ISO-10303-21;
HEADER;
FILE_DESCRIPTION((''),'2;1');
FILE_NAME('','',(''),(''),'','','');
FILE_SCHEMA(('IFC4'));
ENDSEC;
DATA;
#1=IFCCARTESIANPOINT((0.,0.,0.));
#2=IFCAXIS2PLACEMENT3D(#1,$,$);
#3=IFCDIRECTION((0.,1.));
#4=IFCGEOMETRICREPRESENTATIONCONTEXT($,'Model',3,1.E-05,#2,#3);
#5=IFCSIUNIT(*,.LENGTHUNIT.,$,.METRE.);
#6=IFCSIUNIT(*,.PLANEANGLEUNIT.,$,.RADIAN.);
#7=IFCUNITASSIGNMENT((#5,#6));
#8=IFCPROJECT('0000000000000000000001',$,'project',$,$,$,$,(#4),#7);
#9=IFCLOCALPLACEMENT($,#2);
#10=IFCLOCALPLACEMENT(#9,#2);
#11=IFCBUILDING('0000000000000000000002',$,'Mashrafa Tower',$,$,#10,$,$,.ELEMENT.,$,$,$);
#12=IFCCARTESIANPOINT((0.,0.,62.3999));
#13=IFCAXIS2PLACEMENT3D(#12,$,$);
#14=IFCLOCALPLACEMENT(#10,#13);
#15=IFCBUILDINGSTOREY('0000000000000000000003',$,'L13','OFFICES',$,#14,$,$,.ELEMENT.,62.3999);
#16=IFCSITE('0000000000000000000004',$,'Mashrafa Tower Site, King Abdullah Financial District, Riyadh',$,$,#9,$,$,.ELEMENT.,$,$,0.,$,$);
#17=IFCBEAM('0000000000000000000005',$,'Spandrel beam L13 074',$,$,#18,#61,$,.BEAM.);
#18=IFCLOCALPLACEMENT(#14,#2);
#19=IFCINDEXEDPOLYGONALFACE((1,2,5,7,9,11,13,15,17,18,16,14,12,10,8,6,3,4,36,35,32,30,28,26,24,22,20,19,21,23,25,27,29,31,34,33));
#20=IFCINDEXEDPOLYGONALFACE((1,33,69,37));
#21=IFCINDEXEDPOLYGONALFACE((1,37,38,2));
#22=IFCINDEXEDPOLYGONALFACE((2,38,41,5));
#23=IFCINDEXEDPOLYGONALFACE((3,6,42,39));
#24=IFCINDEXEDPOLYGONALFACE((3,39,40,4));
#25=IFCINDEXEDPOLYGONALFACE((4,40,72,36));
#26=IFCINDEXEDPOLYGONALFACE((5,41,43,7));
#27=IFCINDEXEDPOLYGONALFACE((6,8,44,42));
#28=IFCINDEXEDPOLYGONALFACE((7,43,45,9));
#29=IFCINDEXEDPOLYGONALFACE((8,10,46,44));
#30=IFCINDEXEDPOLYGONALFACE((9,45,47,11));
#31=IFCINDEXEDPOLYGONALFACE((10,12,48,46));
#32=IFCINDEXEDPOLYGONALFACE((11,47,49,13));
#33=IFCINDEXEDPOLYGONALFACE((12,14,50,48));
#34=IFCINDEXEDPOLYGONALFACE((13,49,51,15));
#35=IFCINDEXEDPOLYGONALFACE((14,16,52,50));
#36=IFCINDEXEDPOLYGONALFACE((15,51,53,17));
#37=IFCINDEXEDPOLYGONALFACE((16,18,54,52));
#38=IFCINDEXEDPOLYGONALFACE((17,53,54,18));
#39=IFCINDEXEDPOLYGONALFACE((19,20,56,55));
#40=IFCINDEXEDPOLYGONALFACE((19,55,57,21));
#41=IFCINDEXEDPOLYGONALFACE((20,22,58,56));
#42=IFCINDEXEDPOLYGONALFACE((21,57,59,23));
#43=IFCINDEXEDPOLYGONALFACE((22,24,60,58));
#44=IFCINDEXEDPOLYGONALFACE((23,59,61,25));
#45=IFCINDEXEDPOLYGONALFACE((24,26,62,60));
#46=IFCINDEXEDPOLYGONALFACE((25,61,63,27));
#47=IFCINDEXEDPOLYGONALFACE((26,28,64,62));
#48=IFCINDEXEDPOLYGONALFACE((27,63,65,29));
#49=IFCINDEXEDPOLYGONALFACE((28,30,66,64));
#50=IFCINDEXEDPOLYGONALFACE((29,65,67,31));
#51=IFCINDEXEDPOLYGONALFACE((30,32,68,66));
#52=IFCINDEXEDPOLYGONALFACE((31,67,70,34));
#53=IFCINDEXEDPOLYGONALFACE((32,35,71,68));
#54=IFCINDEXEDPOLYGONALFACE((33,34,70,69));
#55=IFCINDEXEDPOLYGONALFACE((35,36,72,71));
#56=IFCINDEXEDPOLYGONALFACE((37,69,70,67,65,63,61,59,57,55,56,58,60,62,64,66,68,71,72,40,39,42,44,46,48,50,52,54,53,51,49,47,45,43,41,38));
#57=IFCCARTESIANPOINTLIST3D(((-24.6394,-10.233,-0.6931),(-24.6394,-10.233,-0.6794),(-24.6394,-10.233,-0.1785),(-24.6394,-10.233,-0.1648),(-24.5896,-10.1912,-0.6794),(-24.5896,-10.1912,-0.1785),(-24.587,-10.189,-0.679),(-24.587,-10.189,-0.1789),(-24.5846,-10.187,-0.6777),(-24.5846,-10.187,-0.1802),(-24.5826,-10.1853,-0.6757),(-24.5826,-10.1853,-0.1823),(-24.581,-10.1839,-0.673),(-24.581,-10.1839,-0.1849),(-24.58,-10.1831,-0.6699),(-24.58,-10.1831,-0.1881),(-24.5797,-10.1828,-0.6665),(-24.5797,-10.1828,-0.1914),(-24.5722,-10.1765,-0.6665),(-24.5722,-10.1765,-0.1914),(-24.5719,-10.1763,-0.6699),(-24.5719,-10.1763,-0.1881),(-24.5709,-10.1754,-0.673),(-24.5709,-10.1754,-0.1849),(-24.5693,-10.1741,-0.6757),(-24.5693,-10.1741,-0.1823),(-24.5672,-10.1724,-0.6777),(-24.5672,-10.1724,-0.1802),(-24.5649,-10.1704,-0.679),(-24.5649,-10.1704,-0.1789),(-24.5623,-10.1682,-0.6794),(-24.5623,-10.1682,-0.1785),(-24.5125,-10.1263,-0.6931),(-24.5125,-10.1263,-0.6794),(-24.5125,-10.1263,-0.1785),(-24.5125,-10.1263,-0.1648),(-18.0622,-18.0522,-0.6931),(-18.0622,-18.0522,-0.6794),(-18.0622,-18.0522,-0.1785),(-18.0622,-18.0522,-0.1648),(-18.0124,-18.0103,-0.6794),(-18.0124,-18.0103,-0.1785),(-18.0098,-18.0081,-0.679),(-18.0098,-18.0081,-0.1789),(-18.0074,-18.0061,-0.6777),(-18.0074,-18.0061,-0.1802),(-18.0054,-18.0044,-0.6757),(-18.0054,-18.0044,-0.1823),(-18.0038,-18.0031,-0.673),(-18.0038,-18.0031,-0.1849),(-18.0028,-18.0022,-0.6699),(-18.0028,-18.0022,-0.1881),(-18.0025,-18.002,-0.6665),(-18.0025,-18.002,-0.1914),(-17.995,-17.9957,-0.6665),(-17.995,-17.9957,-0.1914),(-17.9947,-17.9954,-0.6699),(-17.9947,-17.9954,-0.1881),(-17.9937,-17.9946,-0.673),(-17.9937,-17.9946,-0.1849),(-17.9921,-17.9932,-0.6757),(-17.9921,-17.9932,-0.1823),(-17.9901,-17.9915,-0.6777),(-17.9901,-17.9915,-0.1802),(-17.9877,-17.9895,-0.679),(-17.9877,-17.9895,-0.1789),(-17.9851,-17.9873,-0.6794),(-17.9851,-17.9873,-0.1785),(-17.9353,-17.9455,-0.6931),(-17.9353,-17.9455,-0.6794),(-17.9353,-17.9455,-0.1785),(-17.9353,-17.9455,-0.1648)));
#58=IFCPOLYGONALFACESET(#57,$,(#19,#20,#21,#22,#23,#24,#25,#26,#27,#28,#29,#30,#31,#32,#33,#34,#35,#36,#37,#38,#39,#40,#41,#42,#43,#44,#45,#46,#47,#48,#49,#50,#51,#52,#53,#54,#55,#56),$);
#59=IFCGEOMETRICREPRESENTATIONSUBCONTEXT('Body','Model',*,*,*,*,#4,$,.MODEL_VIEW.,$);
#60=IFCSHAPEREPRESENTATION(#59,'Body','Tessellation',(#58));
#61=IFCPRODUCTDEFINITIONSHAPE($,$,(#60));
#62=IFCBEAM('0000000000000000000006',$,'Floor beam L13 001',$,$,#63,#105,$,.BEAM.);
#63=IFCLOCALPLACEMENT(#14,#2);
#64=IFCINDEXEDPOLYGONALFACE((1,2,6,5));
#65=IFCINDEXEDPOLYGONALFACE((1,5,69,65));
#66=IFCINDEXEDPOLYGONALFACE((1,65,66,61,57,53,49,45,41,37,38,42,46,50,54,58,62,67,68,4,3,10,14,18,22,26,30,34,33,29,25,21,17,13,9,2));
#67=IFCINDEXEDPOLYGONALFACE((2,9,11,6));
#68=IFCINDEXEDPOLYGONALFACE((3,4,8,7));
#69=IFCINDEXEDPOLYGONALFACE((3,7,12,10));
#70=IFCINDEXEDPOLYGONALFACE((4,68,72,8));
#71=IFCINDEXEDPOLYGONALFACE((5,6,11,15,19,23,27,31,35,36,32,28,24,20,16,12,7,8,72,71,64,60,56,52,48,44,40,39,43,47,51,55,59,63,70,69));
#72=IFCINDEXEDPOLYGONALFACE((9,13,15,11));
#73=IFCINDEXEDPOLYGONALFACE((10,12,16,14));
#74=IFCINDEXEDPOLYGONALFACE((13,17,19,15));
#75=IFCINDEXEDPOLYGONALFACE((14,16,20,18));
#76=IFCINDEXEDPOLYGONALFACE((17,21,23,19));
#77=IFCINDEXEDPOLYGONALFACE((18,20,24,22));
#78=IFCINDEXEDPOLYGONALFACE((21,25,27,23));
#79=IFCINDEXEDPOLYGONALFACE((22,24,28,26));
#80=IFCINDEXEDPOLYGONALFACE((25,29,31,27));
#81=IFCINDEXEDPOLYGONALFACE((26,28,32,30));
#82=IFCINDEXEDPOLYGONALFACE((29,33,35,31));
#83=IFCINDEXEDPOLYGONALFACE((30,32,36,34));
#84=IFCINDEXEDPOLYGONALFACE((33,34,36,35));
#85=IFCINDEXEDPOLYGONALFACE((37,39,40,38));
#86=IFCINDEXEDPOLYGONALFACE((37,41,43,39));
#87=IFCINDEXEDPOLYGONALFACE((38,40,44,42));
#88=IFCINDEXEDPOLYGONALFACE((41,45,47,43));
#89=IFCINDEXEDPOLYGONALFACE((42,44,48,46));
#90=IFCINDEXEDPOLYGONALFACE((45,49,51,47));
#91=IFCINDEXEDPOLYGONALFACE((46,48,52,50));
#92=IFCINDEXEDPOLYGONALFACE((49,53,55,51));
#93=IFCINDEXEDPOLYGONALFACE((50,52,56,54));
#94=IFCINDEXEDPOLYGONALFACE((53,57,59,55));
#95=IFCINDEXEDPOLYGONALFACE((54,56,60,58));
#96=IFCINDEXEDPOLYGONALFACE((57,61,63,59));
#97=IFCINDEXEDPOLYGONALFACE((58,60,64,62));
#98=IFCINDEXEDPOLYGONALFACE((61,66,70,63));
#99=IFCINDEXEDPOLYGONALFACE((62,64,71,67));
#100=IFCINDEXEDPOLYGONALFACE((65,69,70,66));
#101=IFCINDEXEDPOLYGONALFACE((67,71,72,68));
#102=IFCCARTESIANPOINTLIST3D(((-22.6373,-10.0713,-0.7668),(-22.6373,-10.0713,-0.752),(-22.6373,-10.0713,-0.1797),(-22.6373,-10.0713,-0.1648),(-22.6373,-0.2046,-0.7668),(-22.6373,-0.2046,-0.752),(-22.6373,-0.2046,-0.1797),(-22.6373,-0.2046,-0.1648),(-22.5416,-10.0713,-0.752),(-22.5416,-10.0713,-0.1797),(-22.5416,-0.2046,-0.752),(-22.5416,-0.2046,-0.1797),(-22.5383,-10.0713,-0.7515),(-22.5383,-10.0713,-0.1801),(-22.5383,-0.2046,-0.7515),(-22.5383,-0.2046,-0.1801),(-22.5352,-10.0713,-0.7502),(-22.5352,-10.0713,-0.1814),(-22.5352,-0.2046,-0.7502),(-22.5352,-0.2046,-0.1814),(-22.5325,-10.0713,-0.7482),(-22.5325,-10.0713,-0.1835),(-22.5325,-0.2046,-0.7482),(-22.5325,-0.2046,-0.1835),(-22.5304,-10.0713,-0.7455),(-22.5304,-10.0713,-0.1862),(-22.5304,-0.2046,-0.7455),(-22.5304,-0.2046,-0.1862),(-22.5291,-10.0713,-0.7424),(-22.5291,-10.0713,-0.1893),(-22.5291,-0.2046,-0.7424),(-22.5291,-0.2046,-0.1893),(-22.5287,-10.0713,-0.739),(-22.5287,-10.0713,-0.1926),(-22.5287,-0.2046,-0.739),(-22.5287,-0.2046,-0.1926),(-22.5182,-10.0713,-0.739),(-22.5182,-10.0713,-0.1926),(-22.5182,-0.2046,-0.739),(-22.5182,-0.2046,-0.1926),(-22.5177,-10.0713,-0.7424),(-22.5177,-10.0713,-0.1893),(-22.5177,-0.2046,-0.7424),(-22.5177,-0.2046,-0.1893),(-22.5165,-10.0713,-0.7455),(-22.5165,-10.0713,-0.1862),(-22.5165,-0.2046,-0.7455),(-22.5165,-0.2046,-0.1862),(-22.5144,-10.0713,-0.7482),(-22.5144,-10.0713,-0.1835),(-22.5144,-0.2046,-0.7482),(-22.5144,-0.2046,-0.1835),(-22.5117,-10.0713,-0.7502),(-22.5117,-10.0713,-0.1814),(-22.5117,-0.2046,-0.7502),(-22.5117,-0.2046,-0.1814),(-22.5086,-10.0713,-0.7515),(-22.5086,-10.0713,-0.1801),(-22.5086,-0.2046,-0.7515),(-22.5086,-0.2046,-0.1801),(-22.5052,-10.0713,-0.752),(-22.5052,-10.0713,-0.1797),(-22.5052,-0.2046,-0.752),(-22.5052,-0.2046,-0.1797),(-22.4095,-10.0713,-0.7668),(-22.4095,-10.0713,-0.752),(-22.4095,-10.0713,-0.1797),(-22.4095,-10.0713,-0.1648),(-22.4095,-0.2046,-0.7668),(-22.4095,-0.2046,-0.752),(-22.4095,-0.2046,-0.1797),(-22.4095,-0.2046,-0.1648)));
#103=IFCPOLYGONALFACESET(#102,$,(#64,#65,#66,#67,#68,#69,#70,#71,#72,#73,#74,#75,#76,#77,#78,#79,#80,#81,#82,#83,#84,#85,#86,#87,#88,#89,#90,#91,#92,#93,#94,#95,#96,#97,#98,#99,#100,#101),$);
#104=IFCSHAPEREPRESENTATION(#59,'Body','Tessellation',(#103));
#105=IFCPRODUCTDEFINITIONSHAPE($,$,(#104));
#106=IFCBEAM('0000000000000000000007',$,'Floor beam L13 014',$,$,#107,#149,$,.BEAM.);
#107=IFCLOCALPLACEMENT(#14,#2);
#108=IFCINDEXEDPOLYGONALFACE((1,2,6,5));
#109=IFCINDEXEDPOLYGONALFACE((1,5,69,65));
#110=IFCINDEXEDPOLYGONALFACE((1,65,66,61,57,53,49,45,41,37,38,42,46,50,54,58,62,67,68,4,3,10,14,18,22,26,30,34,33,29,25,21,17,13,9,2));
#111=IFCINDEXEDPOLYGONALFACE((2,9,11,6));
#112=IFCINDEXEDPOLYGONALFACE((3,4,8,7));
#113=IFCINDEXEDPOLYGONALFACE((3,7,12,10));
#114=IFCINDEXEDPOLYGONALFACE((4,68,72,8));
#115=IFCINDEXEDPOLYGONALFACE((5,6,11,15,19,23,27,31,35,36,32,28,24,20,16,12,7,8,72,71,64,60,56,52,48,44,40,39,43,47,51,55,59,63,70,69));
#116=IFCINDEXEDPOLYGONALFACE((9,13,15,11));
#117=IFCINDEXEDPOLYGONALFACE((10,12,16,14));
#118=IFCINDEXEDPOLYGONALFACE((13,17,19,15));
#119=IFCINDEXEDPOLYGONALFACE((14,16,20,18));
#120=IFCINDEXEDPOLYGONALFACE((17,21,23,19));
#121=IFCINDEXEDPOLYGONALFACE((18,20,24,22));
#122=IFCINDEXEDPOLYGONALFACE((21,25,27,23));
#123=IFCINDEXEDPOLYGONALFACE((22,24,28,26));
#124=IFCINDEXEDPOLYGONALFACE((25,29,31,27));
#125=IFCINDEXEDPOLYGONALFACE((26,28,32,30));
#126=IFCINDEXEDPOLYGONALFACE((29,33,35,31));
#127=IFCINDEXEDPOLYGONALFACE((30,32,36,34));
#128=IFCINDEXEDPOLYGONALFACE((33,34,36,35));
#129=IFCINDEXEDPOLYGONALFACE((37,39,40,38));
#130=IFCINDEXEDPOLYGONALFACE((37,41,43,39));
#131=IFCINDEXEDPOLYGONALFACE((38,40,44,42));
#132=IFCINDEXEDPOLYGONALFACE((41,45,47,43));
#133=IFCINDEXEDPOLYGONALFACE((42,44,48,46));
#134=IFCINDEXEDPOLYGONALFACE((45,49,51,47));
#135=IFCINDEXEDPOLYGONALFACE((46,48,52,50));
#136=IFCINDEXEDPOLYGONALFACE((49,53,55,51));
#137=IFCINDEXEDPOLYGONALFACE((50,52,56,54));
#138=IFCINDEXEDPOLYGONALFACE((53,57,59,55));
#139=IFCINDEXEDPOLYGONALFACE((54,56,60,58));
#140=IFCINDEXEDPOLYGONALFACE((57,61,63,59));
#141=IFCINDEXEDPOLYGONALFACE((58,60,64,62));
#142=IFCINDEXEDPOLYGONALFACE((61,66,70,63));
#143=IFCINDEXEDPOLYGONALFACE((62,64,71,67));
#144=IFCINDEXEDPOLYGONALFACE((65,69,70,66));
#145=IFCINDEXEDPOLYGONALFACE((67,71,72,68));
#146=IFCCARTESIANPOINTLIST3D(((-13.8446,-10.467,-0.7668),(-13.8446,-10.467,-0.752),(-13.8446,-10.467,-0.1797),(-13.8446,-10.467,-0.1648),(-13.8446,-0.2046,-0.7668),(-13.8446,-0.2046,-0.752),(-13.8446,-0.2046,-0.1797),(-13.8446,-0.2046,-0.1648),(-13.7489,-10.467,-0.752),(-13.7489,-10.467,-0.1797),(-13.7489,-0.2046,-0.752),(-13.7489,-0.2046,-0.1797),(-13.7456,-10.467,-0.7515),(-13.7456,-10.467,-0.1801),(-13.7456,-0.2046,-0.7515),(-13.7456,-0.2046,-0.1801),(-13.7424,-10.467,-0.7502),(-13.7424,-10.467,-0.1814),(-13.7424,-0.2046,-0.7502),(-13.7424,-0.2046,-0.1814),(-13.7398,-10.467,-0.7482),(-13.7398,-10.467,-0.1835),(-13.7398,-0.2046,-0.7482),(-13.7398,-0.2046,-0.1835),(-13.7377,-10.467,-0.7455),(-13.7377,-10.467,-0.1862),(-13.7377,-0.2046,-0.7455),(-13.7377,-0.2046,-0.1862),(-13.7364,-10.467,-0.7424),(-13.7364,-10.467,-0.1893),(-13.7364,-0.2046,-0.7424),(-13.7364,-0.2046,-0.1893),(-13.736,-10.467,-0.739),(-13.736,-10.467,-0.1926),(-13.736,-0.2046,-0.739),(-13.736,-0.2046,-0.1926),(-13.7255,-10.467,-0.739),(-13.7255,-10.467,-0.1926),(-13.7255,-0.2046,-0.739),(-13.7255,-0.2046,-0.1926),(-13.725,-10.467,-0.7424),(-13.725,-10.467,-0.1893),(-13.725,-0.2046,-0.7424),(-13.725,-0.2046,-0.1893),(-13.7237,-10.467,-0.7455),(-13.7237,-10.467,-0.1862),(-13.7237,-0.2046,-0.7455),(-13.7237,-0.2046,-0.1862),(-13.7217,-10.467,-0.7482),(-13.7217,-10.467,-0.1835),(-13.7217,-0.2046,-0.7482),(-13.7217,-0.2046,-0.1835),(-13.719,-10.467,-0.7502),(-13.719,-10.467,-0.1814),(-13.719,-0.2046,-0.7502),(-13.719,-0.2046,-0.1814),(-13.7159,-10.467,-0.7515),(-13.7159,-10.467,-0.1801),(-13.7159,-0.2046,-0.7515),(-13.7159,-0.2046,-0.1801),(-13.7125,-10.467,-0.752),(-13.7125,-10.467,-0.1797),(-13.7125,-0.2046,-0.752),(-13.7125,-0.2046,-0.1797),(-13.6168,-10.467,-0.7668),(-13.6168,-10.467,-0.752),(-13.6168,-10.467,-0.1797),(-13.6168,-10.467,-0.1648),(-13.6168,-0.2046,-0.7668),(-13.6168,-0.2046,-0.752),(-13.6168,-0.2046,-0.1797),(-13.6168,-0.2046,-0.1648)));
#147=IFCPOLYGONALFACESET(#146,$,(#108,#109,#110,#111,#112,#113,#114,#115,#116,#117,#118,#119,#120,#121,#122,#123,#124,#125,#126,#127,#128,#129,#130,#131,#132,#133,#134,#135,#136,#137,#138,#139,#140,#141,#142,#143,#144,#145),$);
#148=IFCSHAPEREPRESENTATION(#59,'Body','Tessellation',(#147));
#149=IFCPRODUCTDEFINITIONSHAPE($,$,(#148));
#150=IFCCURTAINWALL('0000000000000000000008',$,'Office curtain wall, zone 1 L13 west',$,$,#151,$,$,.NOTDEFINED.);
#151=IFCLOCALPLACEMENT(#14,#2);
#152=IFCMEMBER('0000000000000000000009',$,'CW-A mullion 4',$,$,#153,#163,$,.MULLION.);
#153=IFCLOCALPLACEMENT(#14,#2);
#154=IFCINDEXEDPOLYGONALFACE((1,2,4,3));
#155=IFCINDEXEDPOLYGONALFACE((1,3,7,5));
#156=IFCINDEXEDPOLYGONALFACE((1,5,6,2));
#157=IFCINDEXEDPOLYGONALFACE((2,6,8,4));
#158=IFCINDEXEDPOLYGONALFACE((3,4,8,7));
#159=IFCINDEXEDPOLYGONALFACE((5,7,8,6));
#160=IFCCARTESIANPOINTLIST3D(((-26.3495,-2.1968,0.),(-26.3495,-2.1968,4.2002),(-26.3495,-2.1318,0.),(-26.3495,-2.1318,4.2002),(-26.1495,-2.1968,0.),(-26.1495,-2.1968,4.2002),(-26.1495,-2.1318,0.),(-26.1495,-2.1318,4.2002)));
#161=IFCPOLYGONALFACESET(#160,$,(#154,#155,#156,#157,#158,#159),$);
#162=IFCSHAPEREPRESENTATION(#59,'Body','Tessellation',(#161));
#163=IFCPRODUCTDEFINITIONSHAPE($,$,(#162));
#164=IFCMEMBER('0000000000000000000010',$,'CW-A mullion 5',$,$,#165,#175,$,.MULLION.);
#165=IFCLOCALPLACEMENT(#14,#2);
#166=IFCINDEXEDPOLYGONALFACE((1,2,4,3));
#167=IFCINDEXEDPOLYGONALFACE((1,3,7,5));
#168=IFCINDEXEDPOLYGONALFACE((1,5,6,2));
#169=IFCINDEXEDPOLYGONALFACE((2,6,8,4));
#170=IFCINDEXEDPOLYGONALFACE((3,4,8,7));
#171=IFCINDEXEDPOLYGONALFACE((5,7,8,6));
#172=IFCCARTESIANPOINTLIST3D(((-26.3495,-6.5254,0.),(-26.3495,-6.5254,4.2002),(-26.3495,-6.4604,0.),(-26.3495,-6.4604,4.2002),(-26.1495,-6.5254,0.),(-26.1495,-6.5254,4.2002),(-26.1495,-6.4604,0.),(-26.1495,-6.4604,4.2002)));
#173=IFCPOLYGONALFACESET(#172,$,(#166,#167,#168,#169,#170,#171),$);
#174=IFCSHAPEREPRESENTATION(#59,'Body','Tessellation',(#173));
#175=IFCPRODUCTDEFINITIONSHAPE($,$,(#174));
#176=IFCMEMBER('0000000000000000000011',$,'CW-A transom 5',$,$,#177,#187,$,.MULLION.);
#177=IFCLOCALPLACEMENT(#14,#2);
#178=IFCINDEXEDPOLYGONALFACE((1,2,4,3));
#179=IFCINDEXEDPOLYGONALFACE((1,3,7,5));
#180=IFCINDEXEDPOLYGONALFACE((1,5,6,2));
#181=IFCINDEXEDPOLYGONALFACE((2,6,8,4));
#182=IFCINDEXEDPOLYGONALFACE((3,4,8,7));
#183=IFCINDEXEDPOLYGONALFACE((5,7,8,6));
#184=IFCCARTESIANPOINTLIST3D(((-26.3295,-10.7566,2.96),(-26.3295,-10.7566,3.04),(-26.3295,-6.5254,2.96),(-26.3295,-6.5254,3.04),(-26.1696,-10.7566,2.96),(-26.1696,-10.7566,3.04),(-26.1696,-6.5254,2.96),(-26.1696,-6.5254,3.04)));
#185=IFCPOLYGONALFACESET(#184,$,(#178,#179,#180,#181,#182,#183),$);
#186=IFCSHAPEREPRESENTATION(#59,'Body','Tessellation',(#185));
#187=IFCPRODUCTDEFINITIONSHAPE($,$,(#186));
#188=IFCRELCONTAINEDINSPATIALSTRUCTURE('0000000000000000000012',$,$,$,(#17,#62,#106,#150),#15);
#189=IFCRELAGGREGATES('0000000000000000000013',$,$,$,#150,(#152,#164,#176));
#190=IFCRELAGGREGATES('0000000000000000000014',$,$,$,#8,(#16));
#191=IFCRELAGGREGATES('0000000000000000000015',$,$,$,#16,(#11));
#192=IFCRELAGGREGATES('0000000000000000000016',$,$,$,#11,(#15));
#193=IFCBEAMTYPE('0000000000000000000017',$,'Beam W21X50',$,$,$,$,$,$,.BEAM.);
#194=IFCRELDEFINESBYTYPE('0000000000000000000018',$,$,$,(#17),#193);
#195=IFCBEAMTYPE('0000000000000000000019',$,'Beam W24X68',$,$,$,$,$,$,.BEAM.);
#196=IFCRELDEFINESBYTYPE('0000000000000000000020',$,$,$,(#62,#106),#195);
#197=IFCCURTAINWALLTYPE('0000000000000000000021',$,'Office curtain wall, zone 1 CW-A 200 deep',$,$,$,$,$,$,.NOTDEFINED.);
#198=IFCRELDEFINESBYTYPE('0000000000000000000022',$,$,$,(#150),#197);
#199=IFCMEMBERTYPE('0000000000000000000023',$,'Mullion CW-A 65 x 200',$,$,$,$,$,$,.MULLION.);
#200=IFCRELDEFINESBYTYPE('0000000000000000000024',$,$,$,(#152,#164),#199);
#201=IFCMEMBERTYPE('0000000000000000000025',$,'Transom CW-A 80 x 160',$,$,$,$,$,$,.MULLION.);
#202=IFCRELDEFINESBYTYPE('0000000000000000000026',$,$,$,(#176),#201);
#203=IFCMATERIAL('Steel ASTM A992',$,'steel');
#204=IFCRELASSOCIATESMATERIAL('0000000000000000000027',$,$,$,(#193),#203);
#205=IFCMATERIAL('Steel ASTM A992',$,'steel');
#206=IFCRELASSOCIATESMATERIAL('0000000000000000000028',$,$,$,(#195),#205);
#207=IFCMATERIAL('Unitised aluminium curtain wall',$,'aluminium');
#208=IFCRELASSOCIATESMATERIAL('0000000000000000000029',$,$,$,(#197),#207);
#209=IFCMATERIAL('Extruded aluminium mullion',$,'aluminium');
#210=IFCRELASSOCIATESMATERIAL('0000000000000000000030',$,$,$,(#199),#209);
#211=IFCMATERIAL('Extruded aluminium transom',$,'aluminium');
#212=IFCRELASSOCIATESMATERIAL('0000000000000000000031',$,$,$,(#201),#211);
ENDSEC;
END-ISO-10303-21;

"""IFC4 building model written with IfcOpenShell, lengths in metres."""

from ifc_helpers import new_model, si_unit, direction, frame, origin, origin_2d, place, context, subcontext, project, spatial, rectangle, i_section, extrude, source, transform, mapped, material, material_profile, profile_set, type_object, type_shapes, element, aggregate, save


model = new_model("IFC4")

# Units and contexts
model_context = context("Model", 3, precision=1e-05, world=origin(), true_north=direction((0.0, 1.0)))
body_context = subcontext(model_context, "Body", "Model", "MODEL_VIEW")
ifc_project = project(units=[si_unit("LENGTHUNIT", "METRE"), si_unit("PLANEANGLEUNIT", "RADIAN")], contexts=[model_context])

# Site, building, storey
site_placement = place(None, origin())
site = spatial("IfcSite", under=ifc_project, at=site_placement, Name="Mashrafa Tower Site, King Abdullah Financial District, Riyadh", CompositionType="ELEMENT", RefElevation=0.0)
building_placement = place(site_placement, origin())
building = spatial("IfcBuilding", under=site, at=building_placement, Name="Mashrafa Tower", CompositionType="ELEMENT")
storey_placement = place(building_placement, frame((0.0, 0.0, 62.3999)))
storey = spatial("IfcBuildingStorey", under=building, at=storey_placement, Name="L13", Description="OFFICES", CompositionType="ELEMENT", Elevation=62.3999)

# Beams
ifc_material_1 = material(Name="Steel ASTM A992", Category="steel")
ifc_material_profile_1 = material_profile(ifc_material_1, i_section(OverallWidth=0.1658, OverallDepth=0.5283, WebThickness=0.0098, FlangeThickness=0.0137, FilletRadius=0.0129, at=origin_2d()), Name="W21X50")
ifc_profile_set_1 = profile_set([ifc_material_profile_1], Name="Steel ASTM A992")
beam_type_1 = type_object("IfcBeamType", Name="Beam W21X50", PredefinedType="BEAM", material=ifc_profile_set_1)
for number, where, z_axis, x_axis, name in (
    (1, (-24.5759, -10.1797, -0.429), (0.643715, -0.765266, 0.0), (0.765266, 0.643715, 0.0), "Spandrel beam L13 074"),
):
    element("IfcBeam", number, at=place(storey_placement, frame(where, z_axis=z_axis, x_axis=x_axis)), inside=storey, type_object=beam_type_1, Name=name, PredefinedType="BEAM", context=body_context, shape_type="SweptSolid", body=[
        extrude(i_section(OverallWidth=0.1658, OverallDepth=0.5283, WebThickness=0.0098, FlangeThickness=0.0137, FilletRadius=0.0129, at=origin_2d()), origin(), (0.0, 0.0, 1.0), 10.2175),
    ])
ifc_material_2 = material(Name="Steel ASTM A992", Category="steel")
ifc_material_profile_2 = material_profile(ifc_material_2, i_section(OverallWidth=0.2278, OverallDepth=0.6021, WebThickness=0.0105, FlangeThickness=0.0149, FilletRadius=0.0129, at=origin_2d()), Name="W24X68")
ifc_profile_set_2 = profile_set([ifc_material_profile_2], Name="Steel ASTM A992")
beam_type_2 = type_object("IfcBeamType", Name="Beam W24X68", PredefinedType="BEAM", material=ifc_profile_set_2)
beam_1_placement = place(storey_placement, frame((-22.5234, -10.0713, -0.4658), z_axis=(0.0, 1.0, 0.0), x_axis=(-1.0, 0.0, 0.0)))
element("IfcBeam", 2, at=beam_1_placement, inside=storey, type_object=beam_type_2, Name="Floor beam L13 001", PredefinedType="BEAM", context=body_context, shape_type="SweptSolid", body=[
    extrude(i_section(OverallWidth=0.2278, OverallDepth=0.6021, WebThickness=0.0105, FlangeThickness=0.0149, FilletRadius=0.0129, at=origin_2d()), origin(), (0.0, 0.0, 1.0), 9.8667),
])
beam_2_placement = place(storey_placement, frame((-13.7307, -10.467, -0.4658), z_axis=(0.0, 1.0, 0.0), x_axis=(-1.0, 0.0, 0.0)))
element("IfcBeam", 3, at=beam_2_placement, inside=storey, type_object=beam_type_2, Name="Floor beam L13 014", PredefinedType="BEAM", context=body_context, shape_type="SweptSolid", body=[
    extrude(i_section(OverallWidth=0.2278, OverallDepth=0.6021, WebThickness=0.0105, FlangeThickness=0.0149, FilletRadius=0.0129, at=origin_2d()), origin(), (0.0, 0.0, 1.0), 10.2625),
])

# Curtain wall, members
ifc_material_3 = material(Name="Unitised aluminium curtain wall", Category="aluminium")
curtain_wall_type = type_object("IfcCurtainWallType", Name="Office curtain wall, zone 1 CW-A 200 deep", PredefinedType="NOTDEFINED", material=ifc_material_3)
curtain_wall_placement = place(storey_placement, origin())
curtain_wall = element("IfcCurtainWall", 4, at=curtain_wall_placement, inside=storey, type_object=curtain_wall_type, Name="Office curtain wall, zone 1 L13 west", PredefinedType="NOTDEFINED")
ifc_material_4 = material(Name="Extruded aluminium mullion", Category="aluminium")
ifc_material_profile_3 = material_profile(ifc_material_4, rectangle(XDim=0.2, YDim=0.0649, at=origin_2d()), Name="Mullion 65x200")
ifc_profile_set_3 = profile_set([ifc_material_profile_3], Name="Extruded aluminium mullion")
member_type_1 = type_object("IfcMemberType", Name="Mullion CW-A 65 x 200", PredefinedType="MULLION", material=ifc_profile_set_3)
shared_shape_1 = source(origin(), body_context, "Body", "SweptSolid", [
    extrude(rectangle(XDim=0.2, YDim=0.0649, at=origin_2d()), origin(), (0.0, 0.0, 1.0), 4.2002),
])
type_shapes(member_type_1, [shared_shape_1])
member_1_placement = place(storey_placement, frame((-26.2495, -2.1643, 0.0), z_axis=(0.0, 0.0, 1.0), x_axis=(1.0, 0.0, 0.0)))
member_1 = element("IfcMember", 5, at=member_1_placement, type_object=member_type_1, Name="CW-A mullion 4", PredefinedType="MULLION", context=body_context, shape_type="MappedRepresentation", body=[
    mapped(shared_shape_1, transform((0.0, 0.0, 0.0))),
])
member_2_placement = place(storey_placement, frame((-26.2495, -6.4929, 0.0), z_axis=(0.0, 0.0, 1.0), x_axis=(1.0, 0.0, 0.0)))
member_2 = element("IfcMember", 6, at=member_2_placement, type_object=member_type_1, Name="CW-A mullion 5", PredefinedType="MULLION", context=body_context, shape_type="MappedRepresentation", body=[
    mapped(shared_shape_1, transform((0.0, 0.0, 0.0))),
])
ifc_material_5 = material(Name="Extruded aluminium transom", Category="aluminium")
ifc_material_profile_4 = material_profile(ifc_material_5, rectangle(XDim=0.1599, YDim=0.0801, at=origin_2d()), Name="Transom 80x160")
ifc_profile_set_4 = profile_set([ifc_material_profile_4], Name="Extruded aluminium transom")
member_type_2 = type_object("IfcMemberType", Name="Transom CW-A 80 x 160", PredefinedType="MULLION", material=ifc_profile_set_4)
shared_shape_2 = source(origin(), body_context, "Body", "SweptSolid", [
    extrude(rectangle(XDim=0.1599, YDim=0.0801, at=origin_2d()), origin(), (0.0, 0.0, 1.0), 4.2312),
])
member_3_placement = place(storey_placement, frame((-26.2495, -6.5254, 3.0), z_axis=(0.0, -1.0, 0.0), x_axis=(1.0, 0.0, 0.0)))
member_3 = element("IfcMember", 7, at=member_3_placement, type_object=member_type_2, Name="CW-A transom 5", PredefinedType="MULLION", context=body_context, shape_type="MappedRepresentation", body=[
    mapped(shared_shape_2, transform((0.0, 0.0, 0.0))),
])
aggregate(curtain_wall, [member_1, member_2, member_3])

save(model, "model.ifc")
